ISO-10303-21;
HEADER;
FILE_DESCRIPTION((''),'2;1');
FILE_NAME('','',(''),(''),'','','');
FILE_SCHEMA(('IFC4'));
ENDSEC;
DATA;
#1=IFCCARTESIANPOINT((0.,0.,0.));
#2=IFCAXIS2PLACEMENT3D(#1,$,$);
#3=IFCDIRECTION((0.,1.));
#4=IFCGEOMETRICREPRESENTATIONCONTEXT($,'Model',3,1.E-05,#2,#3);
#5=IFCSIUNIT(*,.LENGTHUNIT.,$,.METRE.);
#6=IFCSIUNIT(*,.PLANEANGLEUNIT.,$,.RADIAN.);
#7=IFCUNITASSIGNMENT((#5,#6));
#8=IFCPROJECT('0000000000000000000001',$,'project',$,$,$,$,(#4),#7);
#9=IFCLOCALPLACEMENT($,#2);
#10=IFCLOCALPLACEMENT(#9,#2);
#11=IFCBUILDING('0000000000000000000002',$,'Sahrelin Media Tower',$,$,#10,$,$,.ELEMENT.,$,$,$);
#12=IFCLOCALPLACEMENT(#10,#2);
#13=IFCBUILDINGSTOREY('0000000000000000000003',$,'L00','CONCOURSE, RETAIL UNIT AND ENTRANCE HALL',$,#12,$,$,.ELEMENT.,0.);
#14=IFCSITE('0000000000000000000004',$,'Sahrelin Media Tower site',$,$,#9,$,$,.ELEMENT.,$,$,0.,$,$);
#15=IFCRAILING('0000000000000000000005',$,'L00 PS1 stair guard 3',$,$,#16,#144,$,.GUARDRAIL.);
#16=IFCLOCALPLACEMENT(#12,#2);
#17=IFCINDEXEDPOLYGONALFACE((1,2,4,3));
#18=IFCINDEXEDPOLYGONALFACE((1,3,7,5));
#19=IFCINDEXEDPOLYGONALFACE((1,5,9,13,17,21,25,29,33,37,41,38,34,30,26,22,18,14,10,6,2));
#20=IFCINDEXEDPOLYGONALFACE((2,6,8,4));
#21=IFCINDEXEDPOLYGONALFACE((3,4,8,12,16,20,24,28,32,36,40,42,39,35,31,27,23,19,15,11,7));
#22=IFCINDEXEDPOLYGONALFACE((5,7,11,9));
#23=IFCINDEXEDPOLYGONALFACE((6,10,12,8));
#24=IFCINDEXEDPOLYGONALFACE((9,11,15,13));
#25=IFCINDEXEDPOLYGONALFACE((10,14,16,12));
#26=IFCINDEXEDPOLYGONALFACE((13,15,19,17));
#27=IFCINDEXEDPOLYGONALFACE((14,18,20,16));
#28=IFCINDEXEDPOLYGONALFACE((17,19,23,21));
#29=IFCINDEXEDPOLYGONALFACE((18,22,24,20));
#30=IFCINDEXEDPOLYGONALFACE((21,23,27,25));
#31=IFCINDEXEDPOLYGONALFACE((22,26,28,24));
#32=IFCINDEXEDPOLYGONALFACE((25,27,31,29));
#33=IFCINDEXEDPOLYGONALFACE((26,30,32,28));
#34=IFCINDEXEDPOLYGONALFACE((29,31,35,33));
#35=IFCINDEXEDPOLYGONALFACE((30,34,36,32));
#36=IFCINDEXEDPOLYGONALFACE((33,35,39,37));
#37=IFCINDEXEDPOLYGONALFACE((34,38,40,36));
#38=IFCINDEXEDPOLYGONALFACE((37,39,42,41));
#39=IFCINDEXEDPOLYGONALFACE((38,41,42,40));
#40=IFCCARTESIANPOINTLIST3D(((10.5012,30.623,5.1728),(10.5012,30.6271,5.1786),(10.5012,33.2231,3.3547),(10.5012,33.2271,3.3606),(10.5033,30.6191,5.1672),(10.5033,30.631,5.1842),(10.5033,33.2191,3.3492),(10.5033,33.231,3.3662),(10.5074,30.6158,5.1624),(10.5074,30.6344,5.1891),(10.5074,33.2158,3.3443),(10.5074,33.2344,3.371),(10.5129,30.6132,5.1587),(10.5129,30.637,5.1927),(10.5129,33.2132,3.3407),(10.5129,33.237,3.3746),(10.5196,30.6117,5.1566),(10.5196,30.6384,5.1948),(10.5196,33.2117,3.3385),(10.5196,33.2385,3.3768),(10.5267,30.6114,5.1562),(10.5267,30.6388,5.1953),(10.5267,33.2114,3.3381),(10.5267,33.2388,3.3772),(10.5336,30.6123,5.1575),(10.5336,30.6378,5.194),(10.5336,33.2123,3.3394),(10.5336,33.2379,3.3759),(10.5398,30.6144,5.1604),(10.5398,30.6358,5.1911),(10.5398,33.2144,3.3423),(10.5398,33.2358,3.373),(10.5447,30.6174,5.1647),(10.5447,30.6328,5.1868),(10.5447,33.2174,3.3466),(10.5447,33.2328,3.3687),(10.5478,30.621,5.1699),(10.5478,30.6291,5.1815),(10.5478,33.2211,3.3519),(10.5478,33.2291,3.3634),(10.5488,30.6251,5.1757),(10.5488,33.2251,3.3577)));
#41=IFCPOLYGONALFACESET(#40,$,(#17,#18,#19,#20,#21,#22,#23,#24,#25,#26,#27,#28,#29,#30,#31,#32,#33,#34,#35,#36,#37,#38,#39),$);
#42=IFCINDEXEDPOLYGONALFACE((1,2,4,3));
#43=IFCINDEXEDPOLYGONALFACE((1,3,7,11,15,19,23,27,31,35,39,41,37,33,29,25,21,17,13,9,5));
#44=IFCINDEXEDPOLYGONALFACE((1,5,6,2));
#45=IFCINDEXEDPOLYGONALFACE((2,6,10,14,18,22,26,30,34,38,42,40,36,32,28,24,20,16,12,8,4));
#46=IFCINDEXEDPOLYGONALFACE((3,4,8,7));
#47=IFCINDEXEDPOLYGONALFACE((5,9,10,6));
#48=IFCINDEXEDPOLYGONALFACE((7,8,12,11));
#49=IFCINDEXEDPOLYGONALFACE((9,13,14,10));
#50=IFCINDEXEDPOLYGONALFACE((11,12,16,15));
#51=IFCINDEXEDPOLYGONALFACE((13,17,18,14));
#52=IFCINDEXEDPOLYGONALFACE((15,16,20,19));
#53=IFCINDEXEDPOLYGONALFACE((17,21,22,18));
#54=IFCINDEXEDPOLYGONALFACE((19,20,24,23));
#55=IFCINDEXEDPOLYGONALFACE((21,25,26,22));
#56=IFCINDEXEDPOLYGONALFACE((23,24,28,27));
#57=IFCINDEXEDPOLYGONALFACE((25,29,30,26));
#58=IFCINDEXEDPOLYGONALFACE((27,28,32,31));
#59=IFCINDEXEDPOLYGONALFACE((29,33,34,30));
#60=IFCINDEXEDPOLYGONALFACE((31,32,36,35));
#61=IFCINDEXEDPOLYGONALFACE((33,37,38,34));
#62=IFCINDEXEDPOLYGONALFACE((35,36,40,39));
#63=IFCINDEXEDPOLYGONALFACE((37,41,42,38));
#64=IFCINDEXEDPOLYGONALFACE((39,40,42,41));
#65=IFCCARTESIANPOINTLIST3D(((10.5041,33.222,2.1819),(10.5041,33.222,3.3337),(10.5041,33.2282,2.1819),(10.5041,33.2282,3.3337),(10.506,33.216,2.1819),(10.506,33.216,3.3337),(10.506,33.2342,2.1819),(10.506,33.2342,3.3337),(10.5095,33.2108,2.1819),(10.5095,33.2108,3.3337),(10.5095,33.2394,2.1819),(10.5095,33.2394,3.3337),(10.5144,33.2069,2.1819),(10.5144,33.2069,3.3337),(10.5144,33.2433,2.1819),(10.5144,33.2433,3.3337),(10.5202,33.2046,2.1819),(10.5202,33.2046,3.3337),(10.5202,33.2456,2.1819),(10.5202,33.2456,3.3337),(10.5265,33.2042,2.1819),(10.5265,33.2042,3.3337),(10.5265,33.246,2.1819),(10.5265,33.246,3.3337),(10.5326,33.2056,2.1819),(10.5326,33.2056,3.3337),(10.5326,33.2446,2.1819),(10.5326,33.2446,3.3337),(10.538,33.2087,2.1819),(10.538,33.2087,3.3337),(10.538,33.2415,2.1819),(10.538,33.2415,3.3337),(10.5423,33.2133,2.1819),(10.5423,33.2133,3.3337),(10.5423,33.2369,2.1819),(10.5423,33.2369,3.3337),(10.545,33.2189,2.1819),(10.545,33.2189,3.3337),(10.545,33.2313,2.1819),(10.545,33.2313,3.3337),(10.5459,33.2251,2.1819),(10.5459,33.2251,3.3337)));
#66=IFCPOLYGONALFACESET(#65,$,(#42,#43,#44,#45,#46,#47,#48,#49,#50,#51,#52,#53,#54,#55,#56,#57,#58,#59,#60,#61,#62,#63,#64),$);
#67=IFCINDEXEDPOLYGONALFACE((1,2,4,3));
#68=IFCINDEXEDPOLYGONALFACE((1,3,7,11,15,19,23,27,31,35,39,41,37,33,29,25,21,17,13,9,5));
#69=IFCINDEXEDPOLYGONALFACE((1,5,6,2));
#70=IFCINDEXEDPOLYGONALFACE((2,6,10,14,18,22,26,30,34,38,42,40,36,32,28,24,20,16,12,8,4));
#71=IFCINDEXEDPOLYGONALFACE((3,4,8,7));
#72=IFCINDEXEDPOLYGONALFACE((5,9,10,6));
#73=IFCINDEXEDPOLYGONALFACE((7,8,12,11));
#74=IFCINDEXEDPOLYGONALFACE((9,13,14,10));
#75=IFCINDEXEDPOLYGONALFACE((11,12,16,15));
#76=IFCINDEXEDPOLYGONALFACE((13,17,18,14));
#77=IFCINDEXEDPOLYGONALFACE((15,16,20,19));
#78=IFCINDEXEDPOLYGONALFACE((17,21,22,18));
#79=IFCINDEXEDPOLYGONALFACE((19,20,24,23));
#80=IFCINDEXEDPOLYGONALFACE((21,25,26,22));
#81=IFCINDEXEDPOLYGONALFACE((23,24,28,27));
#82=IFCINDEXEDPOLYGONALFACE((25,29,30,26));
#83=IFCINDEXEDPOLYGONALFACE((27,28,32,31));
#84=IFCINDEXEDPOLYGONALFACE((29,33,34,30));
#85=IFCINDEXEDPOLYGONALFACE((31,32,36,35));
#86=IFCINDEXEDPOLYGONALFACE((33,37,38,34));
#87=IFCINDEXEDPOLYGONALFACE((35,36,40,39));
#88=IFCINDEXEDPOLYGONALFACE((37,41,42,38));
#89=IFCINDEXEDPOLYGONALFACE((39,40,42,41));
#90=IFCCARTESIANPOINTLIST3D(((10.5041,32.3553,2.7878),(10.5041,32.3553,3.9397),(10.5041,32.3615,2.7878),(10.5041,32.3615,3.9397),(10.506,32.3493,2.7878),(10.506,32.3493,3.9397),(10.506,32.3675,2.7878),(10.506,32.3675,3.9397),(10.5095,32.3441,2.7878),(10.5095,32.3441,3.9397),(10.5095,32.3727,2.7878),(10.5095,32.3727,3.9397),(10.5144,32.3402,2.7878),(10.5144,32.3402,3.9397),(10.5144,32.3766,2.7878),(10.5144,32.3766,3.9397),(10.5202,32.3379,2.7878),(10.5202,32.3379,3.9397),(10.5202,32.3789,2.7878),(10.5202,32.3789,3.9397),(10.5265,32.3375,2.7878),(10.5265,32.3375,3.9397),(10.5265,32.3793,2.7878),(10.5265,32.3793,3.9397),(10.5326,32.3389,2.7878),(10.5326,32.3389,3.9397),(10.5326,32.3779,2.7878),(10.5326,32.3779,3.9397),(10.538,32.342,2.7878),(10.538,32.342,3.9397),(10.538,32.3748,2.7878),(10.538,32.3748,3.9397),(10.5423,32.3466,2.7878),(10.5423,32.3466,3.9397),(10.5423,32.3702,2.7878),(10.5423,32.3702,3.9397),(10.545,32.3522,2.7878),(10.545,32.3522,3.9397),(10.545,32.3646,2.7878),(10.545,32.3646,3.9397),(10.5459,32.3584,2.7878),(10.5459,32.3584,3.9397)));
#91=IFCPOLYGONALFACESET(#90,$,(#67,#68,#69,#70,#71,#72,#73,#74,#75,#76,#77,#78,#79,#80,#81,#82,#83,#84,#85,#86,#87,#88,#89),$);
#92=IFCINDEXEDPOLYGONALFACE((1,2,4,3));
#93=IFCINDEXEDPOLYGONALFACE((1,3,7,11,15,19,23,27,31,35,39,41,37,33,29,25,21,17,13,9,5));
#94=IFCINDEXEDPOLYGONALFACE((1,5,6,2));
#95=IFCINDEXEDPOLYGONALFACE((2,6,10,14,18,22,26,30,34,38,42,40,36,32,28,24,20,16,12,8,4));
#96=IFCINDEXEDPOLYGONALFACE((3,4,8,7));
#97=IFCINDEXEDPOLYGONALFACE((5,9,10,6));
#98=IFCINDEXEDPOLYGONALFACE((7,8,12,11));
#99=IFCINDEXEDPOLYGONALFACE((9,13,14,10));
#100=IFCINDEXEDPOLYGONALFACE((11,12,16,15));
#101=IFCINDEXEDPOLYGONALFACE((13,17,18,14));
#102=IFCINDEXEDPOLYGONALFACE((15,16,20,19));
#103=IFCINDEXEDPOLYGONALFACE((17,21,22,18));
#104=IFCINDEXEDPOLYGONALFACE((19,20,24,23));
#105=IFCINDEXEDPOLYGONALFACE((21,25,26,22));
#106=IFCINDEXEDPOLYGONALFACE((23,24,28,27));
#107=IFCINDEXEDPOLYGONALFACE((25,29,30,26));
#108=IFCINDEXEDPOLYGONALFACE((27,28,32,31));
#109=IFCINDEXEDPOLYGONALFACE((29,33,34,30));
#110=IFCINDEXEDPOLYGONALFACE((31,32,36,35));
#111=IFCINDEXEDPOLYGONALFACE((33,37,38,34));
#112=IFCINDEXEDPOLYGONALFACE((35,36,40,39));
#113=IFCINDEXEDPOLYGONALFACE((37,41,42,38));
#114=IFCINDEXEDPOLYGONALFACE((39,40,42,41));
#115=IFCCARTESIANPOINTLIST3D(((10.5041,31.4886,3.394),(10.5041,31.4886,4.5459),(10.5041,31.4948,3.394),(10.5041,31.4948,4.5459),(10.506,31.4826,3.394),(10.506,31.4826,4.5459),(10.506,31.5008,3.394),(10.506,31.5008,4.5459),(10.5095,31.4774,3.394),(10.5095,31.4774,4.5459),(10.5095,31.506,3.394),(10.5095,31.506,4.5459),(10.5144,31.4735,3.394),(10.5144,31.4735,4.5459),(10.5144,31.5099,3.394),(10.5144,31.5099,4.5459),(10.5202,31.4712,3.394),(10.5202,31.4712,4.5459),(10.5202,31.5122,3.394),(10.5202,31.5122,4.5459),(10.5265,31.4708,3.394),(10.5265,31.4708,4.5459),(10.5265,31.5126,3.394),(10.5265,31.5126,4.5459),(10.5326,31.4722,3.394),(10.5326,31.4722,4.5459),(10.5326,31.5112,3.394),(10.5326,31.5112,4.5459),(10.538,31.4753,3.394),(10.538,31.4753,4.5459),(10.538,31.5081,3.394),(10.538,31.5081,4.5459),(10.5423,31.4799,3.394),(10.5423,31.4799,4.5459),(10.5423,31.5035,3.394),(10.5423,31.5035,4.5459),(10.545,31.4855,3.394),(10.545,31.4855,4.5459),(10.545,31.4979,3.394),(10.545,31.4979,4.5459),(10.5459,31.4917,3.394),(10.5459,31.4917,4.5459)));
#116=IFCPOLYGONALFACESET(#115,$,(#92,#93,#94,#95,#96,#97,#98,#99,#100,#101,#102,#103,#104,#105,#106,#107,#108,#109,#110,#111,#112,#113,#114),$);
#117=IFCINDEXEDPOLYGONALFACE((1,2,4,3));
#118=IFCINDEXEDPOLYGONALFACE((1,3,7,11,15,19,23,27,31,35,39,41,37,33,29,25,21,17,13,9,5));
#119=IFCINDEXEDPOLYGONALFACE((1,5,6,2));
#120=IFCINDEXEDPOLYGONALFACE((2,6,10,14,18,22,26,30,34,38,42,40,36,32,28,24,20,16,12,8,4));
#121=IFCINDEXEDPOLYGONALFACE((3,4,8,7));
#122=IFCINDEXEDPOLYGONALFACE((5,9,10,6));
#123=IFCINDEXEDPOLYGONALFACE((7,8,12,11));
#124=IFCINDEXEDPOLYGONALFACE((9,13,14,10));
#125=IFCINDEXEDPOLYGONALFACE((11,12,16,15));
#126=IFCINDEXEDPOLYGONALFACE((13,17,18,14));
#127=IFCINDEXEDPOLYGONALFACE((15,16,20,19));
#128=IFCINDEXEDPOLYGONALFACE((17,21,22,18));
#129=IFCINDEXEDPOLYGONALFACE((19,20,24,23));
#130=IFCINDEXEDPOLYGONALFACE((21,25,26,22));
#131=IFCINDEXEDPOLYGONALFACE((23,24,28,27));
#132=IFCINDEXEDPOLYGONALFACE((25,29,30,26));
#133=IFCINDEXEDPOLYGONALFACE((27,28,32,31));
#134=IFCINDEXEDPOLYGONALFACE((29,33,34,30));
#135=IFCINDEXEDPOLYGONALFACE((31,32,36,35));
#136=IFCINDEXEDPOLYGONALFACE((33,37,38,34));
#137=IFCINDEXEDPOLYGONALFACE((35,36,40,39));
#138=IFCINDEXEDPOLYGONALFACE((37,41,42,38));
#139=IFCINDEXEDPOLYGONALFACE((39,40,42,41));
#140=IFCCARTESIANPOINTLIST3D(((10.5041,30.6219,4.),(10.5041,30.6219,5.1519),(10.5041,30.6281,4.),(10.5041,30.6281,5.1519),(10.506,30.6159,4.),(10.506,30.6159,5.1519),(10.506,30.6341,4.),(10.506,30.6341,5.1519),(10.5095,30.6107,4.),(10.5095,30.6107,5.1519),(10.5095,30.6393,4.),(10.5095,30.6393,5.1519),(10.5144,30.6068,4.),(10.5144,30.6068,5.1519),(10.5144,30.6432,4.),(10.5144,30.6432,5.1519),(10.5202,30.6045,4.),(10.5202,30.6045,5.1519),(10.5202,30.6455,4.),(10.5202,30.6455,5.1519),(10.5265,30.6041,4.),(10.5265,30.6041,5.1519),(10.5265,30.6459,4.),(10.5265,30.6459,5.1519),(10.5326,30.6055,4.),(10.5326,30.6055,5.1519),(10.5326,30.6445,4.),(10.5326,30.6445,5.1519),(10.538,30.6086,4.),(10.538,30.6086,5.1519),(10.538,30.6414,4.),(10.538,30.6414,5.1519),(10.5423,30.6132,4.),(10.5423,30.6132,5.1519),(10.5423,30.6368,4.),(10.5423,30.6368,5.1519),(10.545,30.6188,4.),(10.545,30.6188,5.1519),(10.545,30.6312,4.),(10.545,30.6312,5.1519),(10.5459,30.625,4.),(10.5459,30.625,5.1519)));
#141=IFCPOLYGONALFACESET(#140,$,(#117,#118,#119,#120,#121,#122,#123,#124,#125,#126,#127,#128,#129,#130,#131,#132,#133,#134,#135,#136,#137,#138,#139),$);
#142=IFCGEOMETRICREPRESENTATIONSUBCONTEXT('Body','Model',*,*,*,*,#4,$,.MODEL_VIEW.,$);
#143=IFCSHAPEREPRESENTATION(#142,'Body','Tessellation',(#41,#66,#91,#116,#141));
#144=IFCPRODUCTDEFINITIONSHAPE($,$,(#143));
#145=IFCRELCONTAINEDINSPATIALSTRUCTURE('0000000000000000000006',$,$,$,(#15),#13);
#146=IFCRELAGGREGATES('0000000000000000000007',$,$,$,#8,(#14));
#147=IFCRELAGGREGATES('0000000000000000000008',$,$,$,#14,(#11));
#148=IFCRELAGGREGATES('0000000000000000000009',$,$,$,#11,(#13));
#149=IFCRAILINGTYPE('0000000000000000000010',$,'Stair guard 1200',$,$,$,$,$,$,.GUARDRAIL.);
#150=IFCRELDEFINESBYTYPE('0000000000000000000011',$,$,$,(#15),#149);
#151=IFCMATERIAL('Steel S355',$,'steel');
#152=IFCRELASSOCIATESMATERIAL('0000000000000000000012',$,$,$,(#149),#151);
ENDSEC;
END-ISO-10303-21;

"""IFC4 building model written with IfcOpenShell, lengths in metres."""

from ifc_helpers import new_model, si_unit, direction, frame, origin, origin_2d, place, context, subcontext, project, spatial, circle, extrude, material, type_object, element, save


model = new_model("IFC4")

# Units and contexts
model_context = context("Model", 3, precision=1e-05, world=origin(), true_north=direction((0.0, 1.0)))
body_context = subcontext(model_context, "Body", "Model", "MODEL_VIEW")
ifc_project = project(units=[si_unit("LENGTHUNIT", "METRE"), si_unit("PLANEANGLEUNIT", "RADIAN")], contexts=[model_context])

# Site, building, storey
site_placement = place(None, origin())
site = spatial("IfcSite", under=ifc_project, at=site_placement, Name="Sahrelin Media Tower site", CompositionType="ELEMENT", RefElevation=0.0)
building_placement = place(site_placement, origin())
building = spatial("IfcBuilding", under=site, at=building_placement, Name="Sahrelin Media Tower", CompositionType="ELEMENT")
storey_placement = place(building_placement, origin())
storey = spatial("IfcBuildingStorey", under=building, at=storey_placement, Name="L00", Description="CONCOURSE, RETAIL UNIT AND ENTRANCE HALL", CompositionType="ELEMENT", Elevation=0.0)

# Shared definitions
ifc_material_1 = material(Name="Steel S355", Category="steel")

# Railing
railing_type_1 = type_object("IfcRailingType", Name="Stair guard 1200", PredefinedType="GUARDRAIL", material=ifc_material_1)
railing_1_placement = place(storey_placement, frame((10.5249, 33.2251, 2.1819)))
element("IfcRailing", 1, at=railing_1_placement, inside=storey, type_object=railing_type_1, Name="L00 PS1 stair guard 3", PredefinedType="GUARDRAIL", context=body_context, shape_type="SweptSolid", body=[
    extrude(circle(Radius=0.0239, at=origin_2d()), frame((0.0, 0.0, 1.1758), z_axis=(0.0, -0.819521, 0.573049), x_axis=(1.0, 0.0, 0.0)), (0.0, 0.0, 1.0), 3.1726),
    extrude(circle(Radius=0.021, at=origin_2d()), origin(), (0.0, 0.0, 1.0), 1.1519),
    extrude(circle(Radius=0.021, at=origin_2d()), frame((0.0, -0.8667, 0.606)), (0.0, 0.0, 1.0), 1.1519),
    extrude(circle(Radius=0.021, at=origin_2d()), frame((0.0, -1.7334, 1.2122)), (0.0, 0.0, 1.0), 1.1519),
    extrude(circle(Radius=0.021, at=origin_2d()), frame((0.0, -2.6001, 1.8181)), (0.0, 0.0, 1.0), 1.1519),
])

save(model, "model.ifc")
